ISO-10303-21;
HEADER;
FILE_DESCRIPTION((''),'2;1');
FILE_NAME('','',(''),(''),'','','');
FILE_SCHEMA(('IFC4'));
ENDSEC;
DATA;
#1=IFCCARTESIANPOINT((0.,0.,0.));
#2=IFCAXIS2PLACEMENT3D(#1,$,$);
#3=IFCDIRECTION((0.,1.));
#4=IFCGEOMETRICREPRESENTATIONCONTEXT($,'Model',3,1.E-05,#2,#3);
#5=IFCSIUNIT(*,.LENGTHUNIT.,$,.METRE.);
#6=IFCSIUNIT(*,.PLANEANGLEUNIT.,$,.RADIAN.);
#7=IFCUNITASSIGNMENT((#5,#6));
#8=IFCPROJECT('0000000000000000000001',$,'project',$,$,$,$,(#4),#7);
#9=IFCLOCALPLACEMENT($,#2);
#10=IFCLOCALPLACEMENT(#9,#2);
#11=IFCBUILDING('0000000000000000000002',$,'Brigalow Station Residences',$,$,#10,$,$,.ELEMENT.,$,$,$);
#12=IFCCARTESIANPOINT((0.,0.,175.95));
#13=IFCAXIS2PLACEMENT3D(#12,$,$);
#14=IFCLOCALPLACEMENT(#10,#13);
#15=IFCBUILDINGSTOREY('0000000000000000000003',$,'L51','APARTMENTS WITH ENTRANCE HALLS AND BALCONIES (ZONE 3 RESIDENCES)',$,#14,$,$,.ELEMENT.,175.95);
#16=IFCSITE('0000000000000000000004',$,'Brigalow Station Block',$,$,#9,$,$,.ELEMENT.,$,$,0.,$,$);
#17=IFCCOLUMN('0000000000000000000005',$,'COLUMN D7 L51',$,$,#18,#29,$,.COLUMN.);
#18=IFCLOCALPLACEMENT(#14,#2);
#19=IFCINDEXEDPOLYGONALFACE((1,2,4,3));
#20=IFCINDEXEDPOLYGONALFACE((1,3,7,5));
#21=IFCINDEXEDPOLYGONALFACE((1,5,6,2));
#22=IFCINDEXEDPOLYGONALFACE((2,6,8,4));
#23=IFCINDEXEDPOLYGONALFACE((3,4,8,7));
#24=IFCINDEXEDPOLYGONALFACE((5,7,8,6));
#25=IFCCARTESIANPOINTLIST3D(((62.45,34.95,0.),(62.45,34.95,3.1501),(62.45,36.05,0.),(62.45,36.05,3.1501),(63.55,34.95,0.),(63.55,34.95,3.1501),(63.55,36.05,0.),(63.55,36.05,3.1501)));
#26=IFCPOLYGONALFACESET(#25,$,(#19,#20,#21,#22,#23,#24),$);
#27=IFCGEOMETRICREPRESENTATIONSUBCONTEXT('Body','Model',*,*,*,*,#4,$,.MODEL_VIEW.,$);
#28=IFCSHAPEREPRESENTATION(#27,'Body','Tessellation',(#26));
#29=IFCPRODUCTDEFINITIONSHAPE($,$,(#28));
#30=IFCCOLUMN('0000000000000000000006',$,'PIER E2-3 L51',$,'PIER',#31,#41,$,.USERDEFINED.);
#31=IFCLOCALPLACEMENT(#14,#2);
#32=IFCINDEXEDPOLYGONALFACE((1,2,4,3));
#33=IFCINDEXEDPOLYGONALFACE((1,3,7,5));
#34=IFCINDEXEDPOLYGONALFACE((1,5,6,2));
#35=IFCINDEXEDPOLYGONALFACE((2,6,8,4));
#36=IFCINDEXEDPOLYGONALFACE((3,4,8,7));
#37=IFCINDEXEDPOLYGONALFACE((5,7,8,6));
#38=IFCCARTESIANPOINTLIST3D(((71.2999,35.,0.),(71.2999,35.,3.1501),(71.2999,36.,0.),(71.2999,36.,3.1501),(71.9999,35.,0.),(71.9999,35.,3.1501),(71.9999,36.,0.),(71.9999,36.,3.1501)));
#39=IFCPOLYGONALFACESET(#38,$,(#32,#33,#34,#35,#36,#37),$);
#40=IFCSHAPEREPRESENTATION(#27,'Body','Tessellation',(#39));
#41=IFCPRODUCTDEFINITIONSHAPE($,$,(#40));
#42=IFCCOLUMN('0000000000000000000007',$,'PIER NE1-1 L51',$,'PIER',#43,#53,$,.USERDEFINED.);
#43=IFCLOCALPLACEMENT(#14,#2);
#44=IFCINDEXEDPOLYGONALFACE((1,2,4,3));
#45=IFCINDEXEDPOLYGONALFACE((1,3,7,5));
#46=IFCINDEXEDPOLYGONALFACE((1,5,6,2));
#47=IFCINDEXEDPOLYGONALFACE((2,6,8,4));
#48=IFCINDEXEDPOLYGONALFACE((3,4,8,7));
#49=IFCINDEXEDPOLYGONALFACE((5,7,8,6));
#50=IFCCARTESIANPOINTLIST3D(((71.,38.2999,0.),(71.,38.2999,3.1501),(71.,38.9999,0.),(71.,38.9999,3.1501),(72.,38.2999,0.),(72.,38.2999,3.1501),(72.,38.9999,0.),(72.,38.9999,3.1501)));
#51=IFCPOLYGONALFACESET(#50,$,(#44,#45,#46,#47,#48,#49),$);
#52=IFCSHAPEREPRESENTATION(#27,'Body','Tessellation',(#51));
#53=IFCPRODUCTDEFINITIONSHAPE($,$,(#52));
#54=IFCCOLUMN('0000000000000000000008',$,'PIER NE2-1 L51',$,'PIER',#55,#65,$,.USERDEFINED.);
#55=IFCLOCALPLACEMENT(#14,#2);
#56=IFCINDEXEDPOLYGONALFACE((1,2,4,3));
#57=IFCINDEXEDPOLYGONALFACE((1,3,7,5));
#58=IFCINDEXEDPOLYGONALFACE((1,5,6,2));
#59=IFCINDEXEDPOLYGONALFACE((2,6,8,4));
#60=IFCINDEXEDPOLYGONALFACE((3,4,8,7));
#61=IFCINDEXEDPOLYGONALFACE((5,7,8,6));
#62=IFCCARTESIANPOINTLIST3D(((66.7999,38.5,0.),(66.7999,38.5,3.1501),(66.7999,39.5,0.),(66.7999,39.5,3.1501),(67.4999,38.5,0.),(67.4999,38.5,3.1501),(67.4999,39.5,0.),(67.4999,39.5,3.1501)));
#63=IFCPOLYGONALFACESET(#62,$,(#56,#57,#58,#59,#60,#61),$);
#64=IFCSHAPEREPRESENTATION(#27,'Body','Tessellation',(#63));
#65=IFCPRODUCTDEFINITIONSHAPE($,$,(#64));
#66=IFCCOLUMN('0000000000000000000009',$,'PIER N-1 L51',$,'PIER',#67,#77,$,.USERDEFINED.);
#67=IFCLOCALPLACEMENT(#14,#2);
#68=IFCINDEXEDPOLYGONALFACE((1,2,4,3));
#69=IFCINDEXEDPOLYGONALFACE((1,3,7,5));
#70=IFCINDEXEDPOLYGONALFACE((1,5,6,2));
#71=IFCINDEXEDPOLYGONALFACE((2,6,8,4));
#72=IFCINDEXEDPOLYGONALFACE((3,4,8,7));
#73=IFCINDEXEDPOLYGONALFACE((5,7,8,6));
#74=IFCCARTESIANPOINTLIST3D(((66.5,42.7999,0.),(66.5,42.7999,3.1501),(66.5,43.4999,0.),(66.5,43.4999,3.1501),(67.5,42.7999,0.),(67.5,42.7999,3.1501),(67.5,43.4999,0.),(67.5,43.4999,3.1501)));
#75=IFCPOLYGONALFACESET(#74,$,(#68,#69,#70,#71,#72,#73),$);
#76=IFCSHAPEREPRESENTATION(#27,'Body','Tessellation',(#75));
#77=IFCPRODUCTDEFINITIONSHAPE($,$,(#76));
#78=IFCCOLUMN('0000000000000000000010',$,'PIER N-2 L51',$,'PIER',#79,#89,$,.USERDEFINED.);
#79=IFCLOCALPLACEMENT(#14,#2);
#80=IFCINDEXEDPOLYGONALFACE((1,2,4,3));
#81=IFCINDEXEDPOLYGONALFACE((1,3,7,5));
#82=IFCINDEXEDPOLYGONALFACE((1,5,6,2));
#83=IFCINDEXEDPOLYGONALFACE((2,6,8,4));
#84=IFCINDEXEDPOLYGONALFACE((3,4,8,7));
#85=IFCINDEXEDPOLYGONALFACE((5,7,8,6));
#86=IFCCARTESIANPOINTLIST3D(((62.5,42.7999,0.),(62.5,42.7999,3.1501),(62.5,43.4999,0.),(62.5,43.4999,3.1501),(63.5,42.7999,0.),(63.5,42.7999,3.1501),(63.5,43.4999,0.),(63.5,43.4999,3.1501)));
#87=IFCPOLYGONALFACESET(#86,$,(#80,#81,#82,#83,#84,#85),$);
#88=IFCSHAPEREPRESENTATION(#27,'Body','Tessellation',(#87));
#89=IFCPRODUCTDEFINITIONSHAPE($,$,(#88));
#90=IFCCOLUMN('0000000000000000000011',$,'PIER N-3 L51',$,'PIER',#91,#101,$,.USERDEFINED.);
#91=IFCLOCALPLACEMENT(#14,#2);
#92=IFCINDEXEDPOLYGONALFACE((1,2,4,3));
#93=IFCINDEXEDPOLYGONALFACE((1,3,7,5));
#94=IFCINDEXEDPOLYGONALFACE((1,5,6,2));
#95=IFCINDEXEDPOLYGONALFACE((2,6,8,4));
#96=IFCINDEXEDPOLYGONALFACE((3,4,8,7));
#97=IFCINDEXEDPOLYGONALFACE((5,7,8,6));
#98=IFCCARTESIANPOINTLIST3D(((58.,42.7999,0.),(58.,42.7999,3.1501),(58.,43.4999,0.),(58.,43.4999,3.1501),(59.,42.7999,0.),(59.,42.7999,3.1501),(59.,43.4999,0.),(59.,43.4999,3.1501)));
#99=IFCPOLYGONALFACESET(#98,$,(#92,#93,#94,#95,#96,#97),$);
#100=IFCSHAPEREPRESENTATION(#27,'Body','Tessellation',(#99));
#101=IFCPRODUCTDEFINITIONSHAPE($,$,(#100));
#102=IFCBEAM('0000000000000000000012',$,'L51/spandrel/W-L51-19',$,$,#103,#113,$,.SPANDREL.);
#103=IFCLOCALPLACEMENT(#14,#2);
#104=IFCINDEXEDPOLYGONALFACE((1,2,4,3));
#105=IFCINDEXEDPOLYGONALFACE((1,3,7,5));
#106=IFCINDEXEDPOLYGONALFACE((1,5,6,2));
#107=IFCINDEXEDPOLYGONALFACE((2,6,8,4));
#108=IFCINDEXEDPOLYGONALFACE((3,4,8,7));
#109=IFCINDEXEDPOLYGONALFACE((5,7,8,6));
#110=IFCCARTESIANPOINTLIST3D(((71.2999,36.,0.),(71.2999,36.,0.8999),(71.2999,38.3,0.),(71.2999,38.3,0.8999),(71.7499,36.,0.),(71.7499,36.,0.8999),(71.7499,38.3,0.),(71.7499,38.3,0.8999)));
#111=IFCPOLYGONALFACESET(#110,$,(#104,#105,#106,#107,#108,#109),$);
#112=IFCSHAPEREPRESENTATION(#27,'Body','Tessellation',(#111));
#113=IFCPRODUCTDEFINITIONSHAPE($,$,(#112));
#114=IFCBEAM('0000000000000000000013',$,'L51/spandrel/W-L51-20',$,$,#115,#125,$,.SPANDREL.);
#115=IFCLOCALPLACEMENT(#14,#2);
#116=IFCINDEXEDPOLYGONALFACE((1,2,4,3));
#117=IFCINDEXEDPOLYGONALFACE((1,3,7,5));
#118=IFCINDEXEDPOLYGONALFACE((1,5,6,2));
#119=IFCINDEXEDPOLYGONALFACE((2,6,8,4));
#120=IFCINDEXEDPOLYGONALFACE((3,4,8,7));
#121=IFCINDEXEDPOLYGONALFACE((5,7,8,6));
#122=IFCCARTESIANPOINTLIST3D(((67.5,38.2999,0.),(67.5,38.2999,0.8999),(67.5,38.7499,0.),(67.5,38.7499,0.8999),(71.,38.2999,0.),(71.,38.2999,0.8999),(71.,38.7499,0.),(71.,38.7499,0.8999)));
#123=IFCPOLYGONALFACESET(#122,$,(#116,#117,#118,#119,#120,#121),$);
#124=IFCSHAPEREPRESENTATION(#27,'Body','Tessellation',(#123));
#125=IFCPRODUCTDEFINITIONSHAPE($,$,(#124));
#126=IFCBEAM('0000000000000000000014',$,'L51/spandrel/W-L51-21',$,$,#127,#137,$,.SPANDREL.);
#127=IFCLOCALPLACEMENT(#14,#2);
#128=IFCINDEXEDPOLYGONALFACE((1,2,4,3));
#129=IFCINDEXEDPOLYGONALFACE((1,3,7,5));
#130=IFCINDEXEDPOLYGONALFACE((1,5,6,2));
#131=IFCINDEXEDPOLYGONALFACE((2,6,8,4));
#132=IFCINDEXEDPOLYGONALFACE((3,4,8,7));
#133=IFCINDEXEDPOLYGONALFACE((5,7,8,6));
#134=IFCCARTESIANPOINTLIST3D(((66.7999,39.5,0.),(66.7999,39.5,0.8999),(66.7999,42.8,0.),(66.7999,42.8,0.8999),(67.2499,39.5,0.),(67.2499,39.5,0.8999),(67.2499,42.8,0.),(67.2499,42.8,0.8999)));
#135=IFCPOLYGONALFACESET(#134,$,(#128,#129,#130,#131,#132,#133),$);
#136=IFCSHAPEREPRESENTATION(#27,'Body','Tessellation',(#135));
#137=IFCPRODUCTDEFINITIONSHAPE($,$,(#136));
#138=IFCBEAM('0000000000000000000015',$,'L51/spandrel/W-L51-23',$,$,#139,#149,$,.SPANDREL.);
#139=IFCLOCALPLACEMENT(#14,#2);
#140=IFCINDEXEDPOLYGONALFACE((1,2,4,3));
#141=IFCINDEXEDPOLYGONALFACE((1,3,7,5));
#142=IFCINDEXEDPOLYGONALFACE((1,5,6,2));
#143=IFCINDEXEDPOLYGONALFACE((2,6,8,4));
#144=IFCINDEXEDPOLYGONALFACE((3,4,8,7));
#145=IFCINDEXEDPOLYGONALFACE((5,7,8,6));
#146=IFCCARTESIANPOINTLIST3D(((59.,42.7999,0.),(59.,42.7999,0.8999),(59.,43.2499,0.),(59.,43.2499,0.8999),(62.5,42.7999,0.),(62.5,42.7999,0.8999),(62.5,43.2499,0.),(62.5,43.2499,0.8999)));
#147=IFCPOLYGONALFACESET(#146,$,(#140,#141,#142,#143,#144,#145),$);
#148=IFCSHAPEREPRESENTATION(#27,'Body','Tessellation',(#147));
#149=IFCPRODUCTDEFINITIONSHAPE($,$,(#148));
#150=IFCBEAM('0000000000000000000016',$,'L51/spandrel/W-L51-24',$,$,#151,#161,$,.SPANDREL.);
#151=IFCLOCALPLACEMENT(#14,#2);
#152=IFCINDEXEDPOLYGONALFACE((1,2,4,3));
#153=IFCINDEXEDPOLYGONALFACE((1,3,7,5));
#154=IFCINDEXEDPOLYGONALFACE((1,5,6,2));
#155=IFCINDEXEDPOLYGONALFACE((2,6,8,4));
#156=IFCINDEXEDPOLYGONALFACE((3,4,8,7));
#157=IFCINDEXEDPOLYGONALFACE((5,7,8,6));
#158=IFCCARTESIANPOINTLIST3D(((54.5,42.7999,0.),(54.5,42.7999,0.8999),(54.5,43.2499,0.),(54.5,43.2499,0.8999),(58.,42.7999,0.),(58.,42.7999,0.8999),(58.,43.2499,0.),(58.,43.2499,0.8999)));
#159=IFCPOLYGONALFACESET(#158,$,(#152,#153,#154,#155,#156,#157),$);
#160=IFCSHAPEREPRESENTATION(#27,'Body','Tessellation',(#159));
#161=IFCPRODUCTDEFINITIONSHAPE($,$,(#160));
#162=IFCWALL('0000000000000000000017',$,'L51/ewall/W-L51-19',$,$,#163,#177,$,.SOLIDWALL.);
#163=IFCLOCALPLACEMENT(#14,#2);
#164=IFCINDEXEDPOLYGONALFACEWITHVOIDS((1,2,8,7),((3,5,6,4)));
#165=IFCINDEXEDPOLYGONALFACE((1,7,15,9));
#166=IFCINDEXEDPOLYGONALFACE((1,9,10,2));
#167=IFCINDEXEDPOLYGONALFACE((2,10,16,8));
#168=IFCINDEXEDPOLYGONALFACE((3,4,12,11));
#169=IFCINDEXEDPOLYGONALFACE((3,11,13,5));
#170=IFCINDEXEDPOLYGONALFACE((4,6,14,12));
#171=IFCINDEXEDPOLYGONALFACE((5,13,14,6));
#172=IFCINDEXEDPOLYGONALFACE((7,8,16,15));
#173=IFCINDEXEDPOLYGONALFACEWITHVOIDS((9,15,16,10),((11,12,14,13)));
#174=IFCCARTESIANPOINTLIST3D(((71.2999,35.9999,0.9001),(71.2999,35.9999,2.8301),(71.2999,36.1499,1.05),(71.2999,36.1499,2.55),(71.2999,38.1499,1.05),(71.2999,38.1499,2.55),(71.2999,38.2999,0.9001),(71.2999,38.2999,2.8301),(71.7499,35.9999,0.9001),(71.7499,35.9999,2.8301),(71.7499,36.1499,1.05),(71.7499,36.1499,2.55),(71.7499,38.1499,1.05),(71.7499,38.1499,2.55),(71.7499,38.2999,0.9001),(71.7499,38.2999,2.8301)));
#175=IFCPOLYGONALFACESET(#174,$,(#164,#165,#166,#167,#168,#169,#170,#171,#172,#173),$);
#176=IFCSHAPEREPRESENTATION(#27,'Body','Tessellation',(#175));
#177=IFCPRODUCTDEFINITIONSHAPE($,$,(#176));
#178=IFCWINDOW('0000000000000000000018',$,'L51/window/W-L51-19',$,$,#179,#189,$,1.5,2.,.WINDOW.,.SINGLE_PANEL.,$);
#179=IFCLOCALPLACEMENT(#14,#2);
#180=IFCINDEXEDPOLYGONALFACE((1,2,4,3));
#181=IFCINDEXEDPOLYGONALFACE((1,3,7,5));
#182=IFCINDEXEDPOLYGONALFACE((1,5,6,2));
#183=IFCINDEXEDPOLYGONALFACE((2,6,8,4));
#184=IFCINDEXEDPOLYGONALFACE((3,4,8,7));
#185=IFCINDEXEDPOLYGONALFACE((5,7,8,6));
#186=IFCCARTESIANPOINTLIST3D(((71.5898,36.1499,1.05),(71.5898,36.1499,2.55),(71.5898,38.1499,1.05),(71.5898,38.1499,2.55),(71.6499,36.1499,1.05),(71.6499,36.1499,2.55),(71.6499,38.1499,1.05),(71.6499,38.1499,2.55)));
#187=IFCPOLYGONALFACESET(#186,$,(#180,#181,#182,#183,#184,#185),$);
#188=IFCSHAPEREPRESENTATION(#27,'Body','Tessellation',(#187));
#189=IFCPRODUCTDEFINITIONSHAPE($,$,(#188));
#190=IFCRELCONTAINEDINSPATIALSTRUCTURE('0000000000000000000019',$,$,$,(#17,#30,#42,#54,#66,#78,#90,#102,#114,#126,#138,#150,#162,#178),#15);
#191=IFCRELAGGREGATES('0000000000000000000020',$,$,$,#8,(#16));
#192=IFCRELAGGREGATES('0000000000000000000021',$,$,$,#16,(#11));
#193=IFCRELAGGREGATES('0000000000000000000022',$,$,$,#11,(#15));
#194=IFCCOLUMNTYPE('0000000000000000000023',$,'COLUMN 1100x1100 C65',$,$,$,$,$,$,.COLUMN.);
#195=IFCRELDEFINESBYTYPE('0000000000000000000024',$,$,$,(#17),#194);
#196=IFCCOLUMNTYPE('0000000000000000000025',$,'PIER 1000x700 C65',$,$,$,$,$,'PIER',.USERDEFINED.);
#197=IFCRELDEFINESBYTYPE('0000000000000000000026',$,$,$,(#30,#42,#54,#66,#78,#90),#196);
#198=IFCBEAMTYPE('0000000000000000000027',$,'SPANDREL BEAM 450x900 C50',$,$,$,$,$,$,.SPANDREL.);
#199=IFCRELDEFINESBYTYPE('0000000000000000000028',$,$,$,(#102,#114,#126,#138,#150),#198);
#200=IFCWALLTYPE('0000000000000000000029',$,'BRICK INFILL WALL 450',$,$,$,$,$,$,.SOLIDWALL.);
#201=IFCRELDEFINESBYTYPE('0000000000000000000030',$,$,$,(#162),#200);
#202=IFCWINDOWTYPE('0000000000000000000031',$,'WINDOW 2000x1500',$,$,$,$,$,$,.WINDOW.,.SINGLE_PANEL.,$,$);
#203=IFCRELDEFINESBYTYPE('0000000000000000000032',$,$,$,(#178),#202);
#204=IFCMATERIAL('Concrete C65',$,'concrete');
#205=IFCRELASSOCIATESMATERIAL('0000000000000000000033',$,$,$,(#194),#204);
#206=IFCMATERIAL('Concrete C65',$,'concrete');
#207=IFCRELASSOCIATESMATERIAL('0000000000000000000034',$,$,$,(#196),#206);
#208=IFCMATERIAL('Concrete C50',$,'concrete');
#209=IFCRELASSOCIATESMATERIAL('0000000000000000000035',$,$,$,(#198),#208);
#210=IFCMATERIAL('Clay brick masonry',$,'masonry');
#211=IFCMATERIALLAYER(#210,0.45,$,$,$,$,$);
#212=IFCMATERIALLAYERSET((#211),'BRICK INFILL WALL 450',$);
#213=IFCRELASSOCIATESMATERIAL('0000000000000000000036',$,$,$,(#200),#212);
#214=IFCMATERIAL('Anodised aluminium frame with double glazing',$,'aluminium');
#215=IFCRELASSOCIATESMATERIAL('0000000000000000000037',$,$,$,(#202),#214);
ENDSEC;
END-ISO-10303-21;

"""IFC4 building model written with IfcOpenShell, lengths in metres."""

from ifc_helpers import new_model, si_unit, direction, frame, frame_2d, origin, origin_2d, place, context, subcontext, project, spatial, rectangle, extrude, material, layer, layer_set, material_profile, profile_set, type_object, element, fill, save


model = new_model("IFC4")

# Units and contexts
model_context = context("Model", 3, precision=1e-05, world=origin(), true_north=direction((0.0, 1.0)))
body_context = subcontext(model_context, "Body", "Model", "MODEL_VIEW")
ifc_project = project(units=[si_unit("LENGTHUNIT", "METRE"), si_unit("PLANEANGLEUNIT", "RADIAN")], contexts=[model_context])

# Site, building, storey
site_placement = place(None, origin())
site = spatial("IfcSite", under=ifc_project, at=site_placement, Name="Brigalow Station Block", CompositionType="ELEMENT", RefElevation=0.0)
building_placement = place(site_placement, origin())
building = spatial("IfcBuilding", under=site, at=building_placement, Name="Brigalow Station Residences", CompositionType="ELEMENT")
storey_placement = place(building_placement, frame((0.0, 0.0, 175.95)))
storey = spatial("IfcBuildingStorey", under=building, at=storey_placement, Name="L51", Description="APARTMENTS WITH ENTRANCE HALLS AND BALCONIES (ZONE 3 RESIDENCES)", CompositionType="ELEMENT", Elevation=175.95)

# Columns
ifc_material_1 = material(Name="Concrete C65", Category="concrete")
ifc_material_profile_1 = material_profile(ifc_material_1, rectangle(XDim=1.1001, YDim=1.1001, at=origin_2d()), Name="RC1100x1100")
ifc_profile_set_1 = profile_set([ifc_material_profile_1], Name="Concrete C65")
column_type_1 = type_object("IfcColumnType", Name="COLUMN 1100x1100 C65", PredefinedType="COLUMN", material=ifc_profile_set_1)
column_placement = place(storey_placement, frame((63.0, 35.5, 0.0), z_axis=(0.0, 0.0, 1.0), x_axis=(1.0, 0.0, 0.0)))
element("IfcColumn", 1, at=column_placement, inside=storey, type_object=column_type_1, Name="COLUMN D7 L51", PredefinedType="COLUMN", context=body_context, shape_type="SweptSolid", body=[
    extrude(rectangle(XDim=1.1001, YDim=1.1001, at=origin_2d()), origin(), (0.0, 0.0, 1.0), 3.1501),
])
ifc_material_2 = material(Name="Concrete C65", Category="concrete")
ifc_material_profile_2 = material_profile(ifc_material_2, rectangle(XDim=1.0, YDim=0.7, at=origin_2d()), Name="RC1000x700")
ifc_profile_set_2 = profile_set([ifc_material_profile_2], Name="Concrete C65")
column_type_2 = type_object("IfcColumnType", Name="PIER 1000x700 C65", ElementType="PIER", PredefinedType="USERDEFINED", material=ifc_profile_set_2)
for number, where, z_axis, x_axis, name in (
    (2, (71.6499, 35.5, 0.0), (0.0, 0.0, 1.0), (0.0, 1.0, 0.0), "PIER E2-3 L51"),
    (3, (71.5, 38.6499, 0.0), (0.0, 0.0, 1.0), (-1.0, 0.0, 0.0), "PIER NE1-1 L51"),
    (4, (67.1499, 39.0, 0.0), (0.0, 0.0, 1.0), (0.0, 1.0, 0.0), "PIER NE2-1 L51"),
    (5, (67.0, 43.1499, 0.0), (0.0, 0.0, 1.0), (-1.0, 0.0, 0.0), "PIER N-1 L51"),
    (6, (63.0, 43.1499, 0.0), (0.0, 0.0, 1.0), (-1.0, 0.0, 0.0), "PIER N-2 L51"),
    (7, (58.5, 43.1499, 0.0), (0.0, 0.0, 1.0), (-1.0, 0.0, 0.0), "PIER N-3 L51"),
):
    element("IfcColumn", number, at=place(storey_placement, frame(where, z_axis=z_axis, x_axis=x_axis)), inside=storey, type_object=column_type_2, Name=name, ObjectType="PIER", PredefinedType="USERDEFINED", context=body_context, shape_type="SweptSolid", body=[
        extrude(rectangle(XDim=1.0, YDim=0.7, at=origin_2d()), origin(), (0.0, 0.0, 1.0), 3.1501),
    ])

# Beams
ifc_material_3 = material(Name="Concrete C50", Category="concrete")
ifc_material_profile_3 = material_profile(ifc_material_3, rectangle(XDim=0.45, YDim=0.8999, at=origin_2d()), Name="RC450x900")
ifc_profile_set_3 = profile_set([ifc_material_profile_3], Name="Concrete C50")
beam_type = type_object("IfcBeamType", Name="SPANDREL BEAM 450x900 C50", PredefinedType="SPANDREL", material=ifc_profile_set_3)
beam_1_placement = place(storey_placement, frame((71.5249, 36.0, 0.45), z_axis=(0.0, 1.0, 0.0), x_axis=(-1.0, 0.0, 0.0)))
element("IfcBeam", 8, at=beam_1_placement, inside=storey, type_object=beam_type, Name="L51/spandrel/W-L51-19", PredefinedType="SPANDREL", context=body_context, shape_type="SweptSolid", body=[
    extrude(rectangle(XDim=0.45, YDim=0.8999, at=origin_2d()), origin(), (0.0, 0.0, 1.0), 2.3),
])
beam_2_placement = place(storey_placement, frame((71.0, 38.5249, 0.45), z_axis=(-1.0, 0.0, 0.0), x_axis=(0.0, -1.0, 0.0)))
element("IfcBeam", 9, at=beam_2_placement, inside=storey, type_object=beam_type, Name="L51/spandrel/W-L51-20", PredefinedType="SPANDREL", context=body_context, shape_type="SweptSolid", body=[
    extrude(rectangle(XDim=0.45, YDim=0.8999, at=origin_2d()), origin(), (0.0, 0.0, 1.0), 3.5),
])
beam_3_placement = place(storey_placement, frame((67.0249, 39.5, 0.45), z_axis=(0.0, 1.0, 0.0), x_axis=(-1.0, 0.0, 0.0)))
element("IfcBeam", 10, at=beam_3_placement, inside=storey, type_object=beam_type, Name="L51/spandrel/W-L51-21", PredefinedType="SPANDREL", context=body_context, shape_type="SweptSolid", body=[
    extrude(rectangle(XDim=0.45, YDim=0.8999, at=origin_2d()), origin(), (0.0, 0.0, 1.0), 3.3),
])
for number, where, z_axis, x_axis, name in (
    (11, (62.5, 43.0249, 0.45), (-1.0, 0.0, 0.0), (0.0, -1.0, 0.0), "L51/spandrel/W-L51-23"),
    (12, (58.0, 43.0249, 0.45), (-1.0, 0.0, 0.0), (0.0, -1.0, 0.0), "L51/spandrel/W-L51-24"),
):
    element("IfcBeam", number, at=place(storey_placement, frame(where, z_axis=z_axis, x_axis=x_axis)), inside=storey, type_object=beam_type, Name=name, PredefinedType="SPANDREL", context=body_context, shape_type="SweptSolid", body=[
        extrude(rectangle(XDim=0.45, YDim=0.8999, at=origin_2d()), origin(), (0.0, 0.0, 1.0), 3.5),
    ])

# Wall, opening, window
ifc_material_4 = material(Name="Clay brick masonry", Category="masonry")
ifc_layer_1 = layer(ifc_material_4, 0.45)
ifc_layer_set_1 = layer_set([ifc_layer_1], Name="BRICK INFILL WALL 450")
wall_type_1 = type_object("IfcWallType", Name="BRICK INFILL WALL 450", PredefinedType="SOLIDWALL", material=ifc_layer_set_1)
wall_1_placement = place(storey_placement, frame((71.5249, 36.0, 0.9001), z_axis=(0.0, 0.0, 1.0), x_axis=(0.0, 1.0, 0.0)))
wall_1 = element("IfcWall", 13, at=wall_1_placement, inside=storey, type_object=wall_type_1, Name="L51/ewall/W-L51-19", PredefinedType="SOLIDWALL", context=body_context, shape_type="SweptSolid", body=[
    extrude(rectangle(XDim=2.3, YDim=0.45, at=frame_2d((1.1499, 0.0))), origin(), (0.0, 0.0, 1.0), 1.9299),
])
opening_1_placement = place(wall_1_placement, frame((0.1499, 0.0, 0.1499)))
opening_1 = element("IfcOpeningElement", 14, at=opening_1_placement, cuts=wall_1, PredefinedType="OPENING", context=body_context, shape_type="SweptSolid", body=[
    extrude(rectangle(XDim=2.0, YDim=1.5, at=frame_2d((1.0, 0.75))), frame((0.0, 0.2349, 0.0), z_axis=(0.0, -1.0, 0.0), x_axis=(1.0, 0.0, 0.0)), (0.0, 0.0, 1.0), 0.47),
])
ifc_material_5 = material(Name="Anodised aluminium frame with double glazing", Category="aluminium")
window_type_1 = type_object("IfcWindowType", Name="WINDOW 2000x1500", PartitioningType="SINGLE_PANEL", PredefinedType="WINDOW", material=ifc_material_5)
window_1_placement = place(opening_1_placement, origin())
window_1 = element("IfcWindow", 15, at=window_1_placement, inside=storey, type_object=window_type_1, Name="L51/window/W-L51-19", OverallHeight=1.5, OverallWidth=2.0, PartitioningType="SINGLE_PANEL", PredefinedType="WINDOW", context=body_context, shape_type="SweptSolid", body=[
    extrude(rectangle(XDim=2.0, YDim=1.5, at=frame_2d((1.0, 0.75))), frame((0.0, -0.0649, 0.0), z_axis=(0.0, -1.0, 0.0), x_axis=(1.0, 0.0, 0.0)), (0.0, 0.0, 1.0), 0.0601),
])
fill(opening_1, window_1)

save(model, "model.ifc")
